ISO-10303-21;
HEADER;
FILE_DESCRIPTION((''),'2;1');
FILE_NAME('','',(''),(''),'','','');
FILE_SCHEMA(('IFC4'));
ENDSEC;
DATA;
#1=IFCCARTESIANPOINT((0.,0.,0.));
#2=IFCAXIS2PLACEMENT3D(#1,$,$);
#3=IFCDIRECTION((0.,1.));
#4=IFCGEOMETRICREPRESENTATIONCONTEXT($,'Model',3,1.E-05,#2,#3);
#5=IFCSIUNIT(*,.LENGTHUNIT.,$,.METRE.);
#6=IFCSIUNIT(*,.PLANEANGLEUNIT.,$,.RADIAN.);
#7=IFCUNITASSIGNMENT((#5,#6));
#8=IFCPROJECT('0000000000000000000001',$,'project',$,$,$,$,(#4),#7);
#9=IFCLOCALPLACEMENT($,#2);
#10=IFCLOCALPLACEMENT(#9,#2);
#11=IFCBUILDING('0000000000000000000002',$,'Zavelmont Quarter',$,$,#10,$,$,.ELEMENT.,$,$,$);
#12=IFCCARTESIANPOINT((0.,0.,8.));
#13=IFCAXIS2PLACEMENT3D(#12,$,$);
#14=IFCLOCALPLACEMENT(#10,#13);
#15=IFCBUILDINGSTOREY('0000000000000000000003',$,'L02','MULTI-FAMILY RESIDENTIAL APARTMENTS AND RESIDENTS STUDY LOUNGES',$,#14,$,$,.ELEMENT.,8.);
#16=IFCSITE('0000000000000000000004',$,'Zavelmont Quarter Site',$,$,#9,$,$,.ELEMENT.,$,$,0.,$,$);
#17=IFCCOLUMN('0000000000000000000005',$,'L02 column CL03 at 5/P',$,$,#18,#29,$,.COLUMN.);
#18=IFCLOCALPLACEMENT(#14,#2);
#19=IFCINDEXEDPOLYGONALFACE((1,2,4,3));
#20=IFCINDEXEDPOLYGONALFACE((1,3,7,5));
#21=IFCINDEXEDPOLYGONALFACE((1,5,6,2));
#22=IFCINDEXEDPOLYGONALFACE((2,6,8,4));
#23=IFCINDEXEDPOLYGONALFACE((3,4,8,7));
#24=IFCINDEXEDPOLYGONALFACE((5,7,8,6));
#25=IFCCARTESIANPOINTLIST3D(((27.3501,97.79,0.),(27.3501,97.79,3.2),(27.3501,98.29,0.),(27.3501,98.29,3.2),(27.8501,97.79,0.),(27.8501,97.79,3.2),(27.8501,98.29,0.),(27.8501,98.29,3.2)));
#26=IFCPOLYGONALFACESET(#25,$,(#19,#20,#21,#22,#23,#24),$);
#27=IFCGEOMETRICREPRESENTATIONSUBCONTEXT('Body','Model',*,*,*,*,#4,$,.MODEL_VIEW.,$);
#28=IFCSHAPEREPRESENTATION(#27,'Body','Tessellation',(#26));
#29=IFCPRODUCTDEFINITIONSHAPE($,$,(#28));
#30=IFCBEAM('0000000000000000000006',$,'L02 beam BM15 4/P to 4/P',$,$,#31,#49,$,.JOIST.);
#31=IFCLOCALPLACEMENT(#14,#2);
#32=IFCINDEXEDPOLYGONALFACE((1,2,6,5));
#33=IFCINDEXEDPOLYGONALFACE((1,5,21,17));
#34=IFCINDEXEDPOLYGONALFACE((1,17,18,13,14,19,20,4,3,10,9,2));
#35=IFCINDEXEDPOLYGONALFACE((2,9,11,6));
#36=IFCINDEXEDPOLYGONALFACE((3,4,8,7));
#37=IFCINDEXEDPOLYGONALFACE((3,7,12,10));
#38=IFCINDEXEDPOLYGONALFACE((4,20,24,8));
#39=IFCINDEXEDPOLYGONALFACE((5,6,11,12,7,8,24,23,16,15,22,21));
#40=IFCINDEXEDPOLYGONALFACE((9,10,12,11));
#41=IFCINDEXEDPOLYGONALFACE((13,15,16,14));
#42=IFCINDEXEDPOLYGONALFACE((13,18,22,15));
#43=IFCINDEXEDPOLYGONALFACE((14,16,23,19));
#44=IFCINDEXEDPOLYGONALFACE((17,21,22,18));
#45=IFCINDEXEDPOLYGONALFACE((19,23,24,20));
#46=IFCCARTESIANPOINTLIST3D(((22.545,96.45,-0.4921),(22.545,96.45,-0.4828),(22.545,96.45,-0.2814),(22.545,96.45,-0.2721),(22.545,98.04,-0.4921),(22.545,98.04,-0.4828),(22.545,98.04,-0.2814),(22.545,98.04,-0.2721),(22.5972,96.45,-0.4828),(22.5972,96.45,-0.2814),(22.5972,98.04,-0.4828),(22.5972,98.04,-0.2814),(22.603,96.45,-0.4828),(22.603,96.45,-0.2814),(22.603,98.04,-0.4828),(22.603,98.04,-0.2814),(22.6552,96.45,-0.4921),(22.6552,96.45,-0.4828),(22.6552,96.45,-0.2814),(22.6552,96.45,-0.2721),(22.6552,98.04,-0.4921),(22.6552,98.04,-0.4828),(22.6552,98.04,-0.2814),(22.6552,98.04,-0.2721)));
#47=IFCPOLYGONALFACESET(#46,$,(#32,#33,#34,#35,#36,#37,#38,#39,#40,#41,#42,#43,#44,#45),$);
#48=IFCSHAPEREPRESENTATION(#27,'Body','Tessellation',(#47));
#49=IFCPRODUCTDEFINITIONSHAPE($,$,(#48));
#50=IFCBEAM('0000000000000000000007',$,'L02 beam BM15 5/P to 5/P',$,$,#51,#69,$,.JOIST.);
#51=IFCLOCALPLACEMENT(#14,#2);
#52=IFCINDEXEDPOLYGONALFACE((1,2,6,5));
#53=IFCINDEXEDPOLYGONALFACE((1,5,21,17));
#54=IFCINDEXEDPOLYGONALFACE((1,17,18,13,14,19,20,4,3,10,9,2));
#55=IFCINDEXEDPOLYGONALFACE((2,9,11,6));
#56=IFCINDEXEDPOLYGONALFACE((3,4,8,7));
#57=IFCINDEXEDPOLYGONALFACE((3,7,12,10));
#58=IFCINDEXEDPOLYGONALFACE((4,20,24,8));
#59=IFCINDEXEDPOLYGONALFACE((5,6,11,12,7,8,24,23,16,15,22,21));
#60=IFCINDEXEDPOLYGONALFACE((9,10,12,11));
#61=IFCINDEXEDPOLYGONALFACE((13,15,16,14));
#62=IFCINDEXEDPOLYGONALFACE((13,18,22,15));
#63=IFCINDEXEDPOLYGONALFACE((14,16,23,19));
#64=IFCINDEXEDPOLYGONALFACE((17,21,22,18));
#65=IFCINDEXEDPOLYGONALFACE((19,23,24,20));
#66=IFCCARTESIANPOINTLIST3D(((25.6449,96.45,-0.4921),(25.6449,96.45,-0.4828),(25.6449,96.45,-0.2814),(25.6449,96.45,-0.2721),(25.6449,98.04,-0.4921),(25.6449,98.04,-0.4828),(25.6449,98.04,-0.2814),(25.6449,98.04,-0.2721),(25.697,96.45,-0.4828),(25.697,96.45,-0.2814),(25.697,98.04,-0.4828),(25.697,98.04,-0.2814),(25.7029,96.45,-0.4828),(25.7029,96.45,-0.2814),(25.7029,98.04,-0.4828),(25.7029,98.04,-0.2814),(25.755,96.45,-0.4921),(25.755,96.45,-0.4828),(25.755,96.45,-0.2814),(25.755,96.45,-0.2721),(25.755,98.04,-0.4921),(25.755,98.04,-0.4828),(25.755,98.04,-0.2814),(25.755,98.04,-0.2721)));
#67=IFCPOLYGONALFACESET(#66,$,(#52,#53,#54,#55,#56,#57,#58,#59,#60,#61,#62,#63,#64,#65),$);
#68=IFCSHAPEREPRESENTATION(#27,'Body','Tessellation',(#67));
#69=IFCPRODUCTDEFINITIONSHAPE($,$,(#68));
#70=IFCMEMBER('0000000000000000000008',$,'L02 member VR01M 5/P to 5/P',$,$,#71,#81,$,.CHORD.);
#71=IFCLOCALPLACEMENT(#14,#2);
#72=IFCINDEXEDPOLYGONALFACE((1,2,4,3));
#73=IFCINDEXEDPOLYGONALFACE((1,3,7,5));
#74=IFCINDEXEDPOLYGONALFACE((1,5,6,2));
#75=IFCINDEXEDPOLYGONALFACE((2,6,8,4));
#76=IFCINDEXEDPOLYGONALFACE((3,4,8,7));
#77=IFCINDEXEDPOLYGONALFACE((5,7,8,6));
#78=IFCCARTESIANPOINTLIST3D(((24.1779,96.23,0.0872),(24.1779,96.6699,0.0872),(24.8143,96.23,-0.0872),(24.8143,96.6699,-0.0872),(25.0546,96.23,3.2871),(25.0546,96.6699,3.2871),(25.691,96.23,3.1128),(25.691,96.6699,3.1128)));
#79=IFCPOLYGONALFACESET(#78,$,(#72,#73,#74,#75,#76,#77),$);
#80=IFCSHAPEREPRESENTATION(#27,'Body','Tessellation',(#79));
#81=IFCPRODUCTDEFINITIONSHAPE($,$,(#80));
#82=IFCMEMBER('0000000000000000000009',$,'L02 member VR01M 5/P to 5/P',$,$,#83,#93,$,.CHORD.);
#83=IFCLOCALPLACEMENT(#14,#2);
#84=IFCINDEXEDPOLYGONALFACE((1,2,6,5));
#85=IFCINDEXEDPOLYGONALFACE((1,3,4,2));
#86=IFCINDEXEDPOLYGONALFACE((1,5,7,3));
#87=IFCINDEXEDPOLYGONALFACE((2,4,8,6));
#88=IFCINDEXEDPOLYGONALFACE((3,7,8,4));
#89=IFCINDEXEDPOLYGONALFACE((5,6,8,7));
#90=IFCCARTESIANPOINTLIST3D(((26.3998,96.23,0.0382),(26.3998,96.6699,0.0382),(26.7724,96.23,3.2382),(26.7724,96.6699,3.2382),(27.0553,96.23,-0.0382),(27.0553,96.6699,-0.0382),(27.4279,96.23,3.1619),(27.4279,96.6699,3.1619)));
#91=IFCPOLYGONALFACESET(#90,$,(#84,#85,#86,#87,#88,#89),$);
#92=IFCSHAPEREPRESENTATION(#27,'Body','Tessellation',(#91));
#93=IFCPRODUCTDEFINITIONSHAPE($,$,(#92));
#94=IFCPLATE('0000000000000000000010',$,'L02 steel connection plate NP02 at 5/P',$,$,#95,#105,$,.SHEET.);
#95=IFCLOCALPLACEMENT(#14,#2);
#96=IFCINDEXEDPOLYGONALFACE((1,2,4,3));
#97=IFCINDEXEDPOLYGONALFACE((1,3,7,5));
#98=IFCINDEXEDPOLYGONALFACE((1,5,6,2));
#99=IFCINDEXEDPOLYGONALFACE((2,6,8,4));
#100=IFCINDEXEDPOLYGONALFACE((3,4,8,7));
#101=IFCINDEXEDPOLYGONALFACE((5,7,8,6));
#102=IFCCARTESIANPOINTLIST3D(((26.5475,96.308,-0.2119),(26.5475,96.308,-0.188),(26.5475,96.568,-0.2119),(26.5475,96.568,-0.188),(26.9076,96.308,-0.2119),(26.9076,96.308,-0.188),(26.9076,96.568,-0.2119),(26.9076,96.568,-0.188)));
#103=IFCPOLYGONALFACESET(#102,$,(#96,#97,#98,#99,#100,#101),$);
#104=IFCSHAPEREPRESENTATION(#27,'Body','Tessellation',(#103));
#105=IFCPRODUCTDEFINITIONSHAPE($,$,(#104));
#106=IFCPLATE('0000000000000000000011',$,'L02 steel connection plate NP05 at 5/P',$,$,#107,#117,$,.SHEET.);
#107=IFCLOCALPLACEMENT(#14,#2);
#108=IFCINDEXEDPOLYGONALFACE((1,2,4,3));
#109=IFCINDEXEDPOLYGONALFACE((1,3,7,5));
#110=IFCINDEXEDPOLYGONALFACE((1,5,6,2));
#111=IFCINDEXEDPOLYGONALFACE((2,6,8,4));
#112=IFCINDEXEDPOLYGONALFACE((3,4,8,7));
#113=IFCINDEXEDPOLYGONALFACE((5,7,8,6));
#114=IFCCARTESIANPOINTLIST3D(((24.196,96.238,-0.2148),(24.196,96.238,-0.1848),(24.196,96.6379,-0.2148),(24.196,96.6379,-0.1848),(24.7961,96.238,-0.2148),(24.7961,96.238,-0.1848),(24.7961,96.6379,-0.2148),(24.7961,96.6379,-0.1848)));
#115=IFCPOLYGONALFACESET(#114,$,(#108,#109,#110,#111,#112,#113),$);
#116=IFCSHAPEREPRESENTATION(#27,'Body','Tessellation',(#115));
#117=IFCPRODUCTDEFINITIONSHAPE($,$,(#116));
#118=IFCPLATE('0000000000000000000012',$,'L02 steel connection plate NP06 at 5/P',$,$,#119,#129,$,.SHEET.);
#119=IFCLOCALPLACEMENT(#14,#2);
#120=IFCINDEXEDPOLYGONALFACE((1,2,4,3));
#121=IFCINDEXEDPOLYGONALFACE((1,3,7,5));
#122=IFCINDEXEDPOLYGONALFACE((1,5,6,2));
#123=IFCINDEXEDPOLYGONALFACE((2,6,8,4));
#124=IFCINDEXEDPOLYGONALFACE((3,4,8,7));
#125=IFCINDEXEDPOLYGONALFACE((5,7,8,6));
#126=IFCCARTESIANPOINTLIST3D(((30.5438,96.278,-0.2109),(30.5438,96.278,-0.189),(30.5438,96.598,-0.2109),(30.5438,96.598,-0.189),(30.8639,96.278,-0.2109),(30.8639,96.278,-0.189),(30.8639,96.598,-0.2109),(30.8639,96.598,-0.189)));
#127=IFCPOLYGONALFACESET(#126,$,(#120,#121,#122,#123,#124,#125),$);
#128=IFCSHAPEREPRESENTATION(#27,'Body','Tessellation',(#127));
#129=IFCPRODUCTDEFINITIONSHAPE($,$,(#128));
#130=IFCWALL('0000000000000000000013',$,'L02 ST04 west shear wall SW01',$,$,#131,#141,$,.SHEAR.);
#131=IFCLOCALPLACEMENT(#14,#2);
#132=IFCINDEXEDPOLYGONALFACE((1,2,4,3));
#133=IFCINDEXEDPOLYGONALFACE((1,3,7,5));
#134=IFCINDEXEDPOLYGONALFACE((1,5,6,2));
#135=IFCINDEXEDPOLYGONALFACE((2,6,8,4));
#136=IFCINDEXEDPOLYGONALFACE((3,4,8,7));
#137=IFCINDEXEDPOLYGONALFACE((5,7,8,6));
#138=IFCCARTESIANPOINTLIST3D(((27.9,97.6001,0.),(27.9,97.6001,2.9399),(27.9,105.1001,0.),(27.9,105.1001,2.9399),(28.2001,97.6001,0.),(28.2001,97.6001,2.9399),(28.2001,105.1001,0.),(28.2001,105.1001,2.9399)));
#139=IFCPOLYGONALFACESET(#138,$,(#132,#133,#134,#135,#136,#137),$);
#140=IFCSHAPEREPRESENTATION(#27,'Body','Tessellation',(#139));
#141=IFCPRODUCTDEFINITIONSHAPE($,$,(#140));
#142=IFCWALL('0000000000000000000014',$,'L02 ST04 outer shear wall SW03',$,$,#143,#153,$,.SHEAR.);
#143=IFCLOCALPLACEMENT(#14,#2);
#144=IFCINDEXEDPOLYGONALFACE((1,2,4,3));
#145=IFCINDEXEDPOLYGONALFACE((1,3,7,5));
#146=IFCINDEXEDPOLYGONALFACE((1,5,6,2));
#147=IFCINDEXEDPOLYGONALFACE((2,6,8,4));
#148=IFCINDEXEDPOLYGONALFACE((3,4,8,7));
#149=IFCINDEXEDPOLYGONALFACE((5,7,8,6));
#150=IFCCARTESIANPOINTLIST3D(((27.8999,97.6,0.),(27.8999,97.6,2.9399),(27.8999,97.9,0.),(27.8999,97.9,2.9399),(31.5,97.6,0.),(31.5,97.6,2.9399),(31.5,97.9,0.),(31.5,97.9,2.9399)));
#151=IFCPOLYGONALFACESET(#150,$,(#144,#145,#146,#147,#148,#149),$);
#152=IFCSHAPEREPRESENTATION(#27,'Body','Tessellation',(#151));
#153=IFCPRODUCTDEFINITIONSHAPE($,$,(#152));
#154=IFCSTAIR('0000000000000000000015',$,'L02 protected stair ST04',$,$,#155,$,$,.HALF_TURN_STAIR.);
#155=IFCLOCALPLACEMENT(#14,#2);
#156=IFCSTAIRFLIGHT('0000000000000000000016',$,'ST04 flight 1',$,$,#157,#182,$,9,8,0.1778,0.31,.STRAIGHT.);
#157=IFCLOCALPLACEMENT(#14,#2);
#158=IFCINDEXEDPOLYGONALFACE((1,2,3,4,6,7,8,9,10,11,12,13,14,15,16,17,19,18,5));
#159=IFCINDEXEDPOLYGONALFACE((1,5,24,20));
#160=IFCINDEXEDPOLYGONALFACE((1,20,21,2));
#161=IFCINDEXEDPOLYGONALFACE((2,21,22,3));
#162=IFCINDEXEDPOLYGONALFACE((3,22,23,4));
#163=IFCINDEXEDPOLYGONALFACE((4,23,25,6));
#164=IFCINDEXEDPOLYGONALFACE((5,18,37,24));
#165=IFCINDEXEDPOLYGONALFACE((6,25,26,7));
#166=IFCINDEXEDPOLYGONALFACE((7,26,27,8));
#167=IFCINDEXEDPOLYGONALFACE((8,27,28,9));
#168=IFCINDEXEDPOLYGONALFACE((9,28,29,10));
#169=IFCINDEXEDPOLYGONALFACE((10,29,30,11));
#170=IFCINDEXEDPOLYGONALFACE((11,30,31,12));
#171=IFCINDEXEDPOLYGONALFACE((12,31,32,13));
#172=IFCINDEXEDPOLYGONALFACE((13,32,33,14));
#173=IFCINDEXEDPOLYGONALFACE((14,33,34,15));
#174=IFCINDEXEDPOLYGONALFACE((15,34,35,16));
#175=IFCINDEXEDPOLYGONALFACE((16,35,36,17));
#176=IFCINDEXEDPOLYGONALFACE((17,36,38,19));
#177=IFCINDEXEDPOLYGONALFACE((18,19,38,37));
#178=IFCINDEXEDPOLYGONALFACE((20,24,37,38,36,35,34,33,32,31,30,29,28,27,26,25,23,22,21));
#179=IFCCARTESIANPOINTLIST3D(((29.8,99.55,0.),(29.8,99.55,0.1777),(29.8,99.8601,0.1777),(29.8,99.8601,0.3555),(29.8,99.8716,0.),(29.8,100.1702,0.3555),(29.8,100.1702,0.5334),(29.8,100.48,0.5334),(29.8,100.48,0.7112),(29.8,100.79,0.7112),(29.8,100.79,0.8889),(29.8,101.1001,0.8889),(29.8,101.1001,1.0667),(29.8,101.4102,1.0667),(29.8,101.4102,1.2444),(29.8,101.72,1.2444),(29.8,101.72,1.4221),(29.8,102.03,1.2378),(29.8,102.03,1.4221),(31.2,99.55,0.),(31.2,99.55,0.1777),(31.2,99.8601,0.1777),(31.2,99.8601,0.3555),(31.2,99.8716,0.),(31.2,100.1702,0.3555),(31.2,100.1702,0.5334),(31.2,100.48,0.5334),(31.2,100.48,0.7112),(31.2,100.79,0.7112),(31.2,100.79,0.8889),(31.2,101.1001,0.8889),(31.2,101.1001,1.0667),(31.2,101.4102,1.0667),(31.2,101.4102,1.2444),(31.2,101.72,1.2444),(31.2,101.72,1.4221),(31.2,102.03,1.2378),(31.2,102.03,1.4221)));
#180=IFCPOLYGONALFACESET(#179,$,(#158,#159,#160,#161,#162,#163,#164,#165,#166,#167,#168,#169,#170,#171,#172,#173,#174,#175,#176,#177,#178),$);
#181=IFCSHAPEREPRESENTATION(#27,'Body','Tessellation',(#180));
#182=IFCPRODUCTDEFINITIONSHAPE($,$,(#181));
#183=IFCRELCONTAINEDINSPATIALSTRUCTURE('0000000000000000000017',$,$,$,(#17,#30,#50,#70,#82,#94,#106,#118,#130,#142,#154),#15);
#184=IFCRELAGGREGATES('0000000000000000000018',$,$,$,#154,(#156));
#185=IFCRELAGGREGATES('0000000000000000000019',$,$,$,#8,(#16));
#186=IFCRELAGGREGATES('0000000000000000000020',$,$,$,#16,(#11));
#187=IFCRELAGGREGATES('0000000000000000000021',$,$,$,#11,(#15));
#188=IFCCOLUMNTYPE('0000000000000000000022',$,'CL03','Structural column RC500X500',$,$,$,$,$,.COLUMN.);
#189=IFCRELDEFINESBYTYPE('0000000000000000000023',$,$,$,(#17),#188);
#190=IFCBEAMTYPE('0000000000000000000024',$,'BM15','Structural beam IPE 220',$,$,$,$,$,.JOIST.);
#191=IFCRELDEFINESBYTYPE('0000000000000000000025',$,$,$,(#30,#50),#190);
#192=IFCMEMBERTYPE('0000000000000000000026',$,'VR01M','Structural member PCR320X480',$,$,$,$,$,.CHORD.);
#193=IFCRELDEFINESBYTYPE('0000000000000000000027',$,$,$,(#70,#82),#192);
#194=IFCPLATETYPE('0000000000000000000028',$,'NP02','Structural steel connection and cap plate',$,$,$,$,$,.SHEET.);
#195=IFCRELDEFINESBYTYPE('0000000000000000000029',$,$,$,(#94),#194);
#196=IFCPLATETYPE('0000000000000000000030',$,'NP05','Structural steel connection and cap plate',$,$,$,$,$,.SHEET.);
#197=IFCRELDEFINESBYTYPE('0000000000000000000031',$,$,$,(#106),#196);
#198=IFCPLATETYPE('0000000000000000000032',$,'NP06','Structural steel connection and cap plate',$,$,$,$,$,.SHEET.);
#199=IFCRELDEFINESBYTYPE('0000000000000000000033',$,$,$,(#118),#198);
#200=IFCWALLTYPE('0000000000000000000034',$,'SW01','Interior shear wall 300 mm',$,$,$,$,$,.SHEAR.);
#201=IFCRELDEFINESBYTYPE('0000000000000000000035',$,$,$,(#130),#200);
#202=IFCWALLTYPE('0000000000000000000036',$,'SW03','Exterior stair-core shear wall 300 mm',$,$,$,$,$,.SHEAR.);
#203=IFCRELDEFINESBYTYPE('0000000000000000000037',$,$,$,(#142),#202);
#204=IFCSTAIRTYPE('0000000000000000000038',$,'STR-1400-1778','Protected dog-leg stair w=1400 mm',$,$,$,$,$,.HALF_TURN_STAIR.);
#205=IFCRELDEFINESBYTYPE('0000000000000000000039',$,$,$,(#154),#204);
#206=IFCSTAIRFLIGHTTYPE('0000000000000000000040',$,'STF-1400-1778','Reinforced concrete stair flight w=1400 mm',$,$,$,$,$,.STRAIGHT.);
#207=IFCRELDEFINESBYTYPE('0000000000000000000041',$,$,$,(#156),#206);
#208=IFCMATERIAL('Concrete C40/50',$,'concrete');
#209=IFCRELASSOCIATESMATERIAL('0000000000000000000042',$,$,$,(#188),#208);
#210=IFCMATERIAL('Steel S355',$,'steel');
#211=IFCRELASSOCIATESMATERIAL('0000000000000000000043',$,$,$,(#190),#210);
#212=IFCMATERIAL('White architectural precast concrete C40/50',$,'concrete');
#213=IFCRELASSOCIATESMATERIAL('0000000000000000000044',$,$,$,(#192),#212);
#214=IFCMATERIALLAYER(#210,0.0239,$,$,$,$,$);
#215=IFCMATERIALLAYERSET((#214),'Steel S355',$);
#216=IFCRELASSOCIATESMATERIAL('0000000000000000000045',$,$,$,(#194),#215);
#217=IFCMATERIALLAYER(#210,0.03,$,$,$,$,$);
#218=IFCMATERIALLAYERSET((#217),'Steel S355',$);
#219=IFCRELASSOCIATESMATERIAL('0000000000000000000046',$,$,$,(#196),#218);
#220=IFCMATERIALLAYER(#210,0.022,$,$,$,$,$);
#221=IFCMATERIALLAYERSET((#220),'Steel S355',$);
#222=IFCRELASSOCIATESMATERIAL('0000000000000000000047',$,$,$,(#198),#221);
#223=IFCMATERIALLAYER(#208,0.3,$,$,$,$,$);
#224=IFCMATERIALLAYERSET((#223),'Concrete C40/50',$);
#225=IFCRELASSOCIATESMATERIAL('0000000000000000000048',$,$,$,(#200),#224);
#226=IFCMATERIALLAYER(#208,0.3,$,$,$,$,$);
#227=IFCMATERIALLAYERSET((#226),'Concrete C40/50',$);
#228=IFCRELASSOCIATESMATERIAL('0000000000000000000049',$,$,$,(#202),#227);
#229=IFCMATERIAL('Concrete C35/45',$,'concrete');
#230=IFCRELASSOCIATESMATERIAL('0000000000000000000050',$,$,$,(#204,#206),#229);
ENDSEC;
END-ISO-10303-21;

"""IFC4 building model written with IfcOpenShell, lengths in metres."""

from ifc_helpers import new_model, si_unit, direction, frame, frame_2d, origin, origin_2d, place, context, subcontext, project, spatial, polyline, rectangle, i_section, outline, extrude, material, layer, layer_set, material_profile, profile_set, type_object, element, aggregate, save


model = new_model("IFC4")

# Units and contexts
model_context = context("Model", 3, precision=1e-05, world=origin(), true_north=direction((0.0, 1.0)))
body_context = subcontext(model_context, "Body", "Model", "MODEL_VIEW")
ifc_project = project(units=[si_unit("LENGTHUNIT", "METRE"), si_unit("PLANEANGLEUNIT", "RADIAN")], contexts=[model_context])

# Site, building, storey
site_placement = place(None, origin())
site = spatial("IfcSite", under=ifc_project, at=site_placement, Name="Zavelmont Quarter Site", CompositionType="ELEMENT", RefElevation=0.0)
building_placement = place(site_placement, origin())
building = spatial("IfcBuilding", under=site, at=building_placement, Name="Zavelmont Quarter", CompositionType="ELEMENT")
storey_placement = place(building_placement, frame((0.0, 0.0, 8.0)))
storey = spatial("IfcBuildingStorey", under=building, at=storey_placement, Name="L02", Description="MULTI-FAMILY RESIDENTIAL APARTMENTS AND RESIDENTS STUDY LOUNGES", CompositionType="ELEMENT", Elevation=8.0)

# Column
ifc_material_1 = material(Name="Concrete C40/50", Category="concrete")
ifc_material_profile_1 = material_profile(ifc_material_1, rectangle(XDim=0.5, YDim=0.5, at=origin_2d()), Name="RC500X500")
ifc_profile_set_1 = profile_set([ifc_material_profile_1], Name="Concrete C40/50")
column_type = type_object("IfcColumnType", Name="CL03", Description="Structural column RC500X500", PredefinedType="COLUMN", material=ifc_profile_set_1)
column_placement = place(storey_placement, frame((27.6001, 98.04, 0.0), z_axis=(0.0, 0.0, 1.0), x_axis=(1.0, 0.0, 0.0)))
element("IfcColumn", 1, at=column_placement, inside=storey, type_object=column_type, Name="L02 column CL03 at 5/P", PredefinedType="COLUMN", context=body_context, shape_type="SweptSolid", body=[
    extrude(rectangle(XDim=0.5, YDim=0.5, at=origin_2d()), origin(), (0.0, 0.0, 1.0), 3.2),
])

# Beams
ifc_material_2 = material(Name="Steel S355", Category="steel")
ifc_material_profile_2 = material_profile(ifc_material_2, i_section(OverallWidth=0.1101, OverallDepth=0.22, WebThickness=0.0059, FlangeThickness=0.0093, at=origin_2d()), Name="IPE 220")
ifc_profile_set_2 = profile_set([ifc_material_profile_2], Name="Steel S355")
beam_type = type_object("IfcBeamType", Name="BM15", Description="Structural beam IPE 220", PredefinedType="JOIST", material=ifc_profile_set_2)
for number, where, z_axis, x_axis, name in (
    (2, (22.6001, 98.04, -0.3821), (0.0, -1.0, 0.0), (1.0, 0.0, 0.0), "L02 beam BM15 4/P to 4/P"),
    (3, (25.7, 98.04, -0.3821), (0.0, -1.0, 0.0), (1.0, 0.0, 0.0), "L02 beam BM15 5/P to 5/P"),
):
    element("IfcBeam", number, at=place(storey_placement, frame(where, z_axis=z_axis, x_axis=x_axis)), inside=storey, type_object=beam_type, Name=name, PredefinedType="JOIST", context=body_context, shape_type="SweptSolid", body=[
        extrude(i_section(OverallWidth=0.1101, OverallDepth=0.22, WebThickness=0.0059, FlangeThickness=0.0093, at=origin_2d()), origin(), (0.0, 0.0, 1.0), 1.5901),
    ])

# Members
ifc_material_3 = material(Name="White architectural precast concrete C40/50", Category="concrete")
ifc_material_profile_3 = material_profile(ifc_material_3, rectangle(XDim=0.4399, YDim=0.6599, at=origin_2d()), Name="PCR320X480")
ifc_profile_set_3 = profile_set([ifc_material_profile_3], Name="White architectural precast concrete C40/50")
member_type = type_object("IfcMemberType", Name="VR01M", Description="Structural member PCR320X480", PredefinedType="CHORD", material=ifc_profile_set_3)
member_1_placement = place(storey_placement, frame((24.4961, 96.45, 0.0), z_axis=(0.264238, 0.0, 0.964458), x_axis=(0.0, 1.0, 0.0)))
element("IfcMember", 4, at=member_1_placement, inside=storey, type_object=member_type, Name="L02 member VR01M 5/P to 5/P", PredefinedType="CHORD", context=body_context, shape_type="SweptSolid", body=[
    extrude(rectangle(XDim=0.4399, YDim=0.6599, at=origin_2d()), origin(), (0.0, 0.0, 1.0), 3.3179),
])
member_2_placement = place(storey_placement, frame((26.7275, 96.45, 0.0), z_axis=(0.115645, 0.0, 0.993291), x_axis=(0.0, 1.0, 0.0)))
element("IfcMember", 5, at=member_2_placement, inside=storey, type_object=member_type, Name="L02 member VR01M 5/P to 5/P", PredefinedType="CHORD", context=body_context, shape_type="SweptSolid", body=[
    extrude(rectangle(XDim=0.4399, YDim=0.6599, at=origin_2d()), origin(), (0.0, 0.0, 1.0), 3.2217),
])

# Plates
ifc_layer_1 = layer(ifc_material_2, 0.0239)
ifc_layer_set_1 = layer_set([ifc_layer_1], Name="Steel S355")
plate_type_1 = type_object("IfcPlateType", Name="NP02", Description="Structural steel connection and cap plate", PredefinedType="SHEET", material=ifc_layer_set_1)
plate_1_placement = place(storey_placement, frame((26.7275, 96.438, -0.2119), z_axis=(0.0, 0.0, 1.0), x_axis=(1.0, 0.0, 0.0)))
element("IfcPlate", 6, at=plate_1_placement, inside=storey, type_object=plate_type_1, Name="L02 steel connection plate NP02 at 5/P", PredefinedType="SHEET", context=body_context, shape_type="SweptSolid", body=[
    extrude(rectangle(XDim=0.3601, YDim=0.26, at=origin_2d()), origin(), (0.0, 0.0, 1.0), 0.0239),
])
ifc_layer_2 = layer(ifc_material_2, 0.03)
ifc_layer_set_2 = layer_set([ifc_layer_2], Name="Steel S355")
plate_type_2 = type_object("IfcPlateType", Name="NP05", Description="Structural steel connection and cap plate", PredefinedType="SHEET", material=ifc_layer_set_2)
plate_2_placement = place(storey_placement, frame((24.4961, 96.438, -0.2148), z_axis=(0.0, 0.0, 1.0), x_axis=(1.0, 0.0, 0.0)))
element("IfcPlate", 7, at=plate_2_placement, inside=storey, type_object=plate_type_2, Name="L02 steel connection plate NP05 at 5/P", PredefinedType="SHEET", context=body_context, shape_type="SweptSolid", body=[
    extrude(rectangle(XDim=0.6001, YDim=0.3999, at=origin_2d()), origin(), (0.0, 0.0, 1.0), 0.03),
])
ifc_layer_3 = layer(ifc_material_2, 0.022)
ifc_layer_set_3 = layer_set([ifc_layer_3], Name="Steel S355")
plate_type_3 = type_object("IfcPlateType", Name="NP06", Description="Structural steel connection and cap plate", PredefinedType="SHEET", material=ifc_layer_set_3)
plate_3_placement = place(storey_placement, frame((30.7039, 96.438, -0.2109), z_axis=(0.0, 0.0, 1.0), x_axis=(1.0, 0.0, 0.0)))
element("IfcPlate", 8, at=plate_3_placement, inside=storey, type_object=plate_type_3, Name="L02 steel connection plate NP06 at 5/P", PredefinedType="SHEET", context=body_context, shape_type="SweptSolid", body=[
    extrude(rectangle(XDim=0.3201, YDim=0.3201, at=origin_2d()), origin(), (0.0, 0.0, 1.0), 0.022),
])

# Walls
ifc_layer_4 = layer(ifc_material_1, 0.3)
ifc_layer_set_4 = layer_set([ifc_layer_4], Name="Concrete C40/50")
wall_type_1 = type_object("IfcWallType", Name="SW01", Description="Interior shear wall 300 mm", PredefinedType="SHEAR", material=ifc_layer_set_4)
wall_1_placement = place(storey_placement, frame((28.05, 97.6001, 0.0), z_axis=(0.0, 0.0, 1.0), x_axis=(0.0, 1.0, 0.0)))
element("IfcWall", 9, at=wall_1_placement, inside=storey, type_object=wall_type_1, Name="L02 ST04 west shear wall SW01", PredefinedType="SHEAR", context=body_context, shape_type="SweptSolid", body=[
    extrude(rectangle(XDim=7.5, YDim=0.3, at=frame_2d((3.75, 0.0))), origin(), (0.0, 0.0, 1.0), 2.9399),
])
ifc_layer_5 = layer(ifc_material_1, 0.3)
ifc_layer_set_5 = layer_set([ifc_layer_5], Name="Concrete C40/50")
wall_type_2 = type_object("IfcWallType", Name="SW03", Description="Exterior stair-core shear wall 300 mm", PredefinedType="SHEAR", material=ifc_layer_set_5)
wall_2_placement = place(storey_placement, frame((27.8999, 97.75, 0.0), z_axis=(0.0, 0.0, 1.0), x_axis=(1.0, 0.0, 0.0)))
element("IfcWall", 10, at=wall_2_placement, inside=storey, type_object=wall_type_2, Name="L02 ST04 outer shear wall SW03", PredefinedType="SHEAR", context=body_context, shape_type="SweptSolid", body=[
    extrude(rectangle(XDim=3.6001, YDim=0.3, at=frame_2d((1.8, 0.0))), origin(), (0.0, 0.0, 1.0), 2.9399),
])

# Stair, stair flight
ifc_material_4 = material(Name="Concrete C35/45", Category="concrete")
stair_type = type_object("IfcStairType", Name="STR-1400-1778", Description="Protected dog-leg stair w=1400 mm", PredefinedType="HALF_TURN_STAIR", material=ifc_material_4)
stair_placement = place(storey_placement, origin())
stair = element("IfcStair", 11, at=stair_placement, inside=storey, type_object=stair_type, Name="L02 protected stair ST04", PredefinedType="HALF_TURN_STAIR")
stair_flight_type = type_object("IfcStairFlightType", Name="STF-1400-1778", Description="Reinforced concrete stair flight w=1400 mm", PredefinedType="STRAIGHT", material=ifc_material_4)
stair_flight_1_placement = place(storey_placement, frame((30.5, 99.55, 0.0), z_axis=(0.0, 0.0, 1.0), x_axis=(0.0, 1.0, 0.0)))
stair_flight_1 = element("IfcStairFlight", 12, at=stair_flight_1_placement, type_object=stair_flight_type, Name="ST04 flight 1", NumberOfRisers=9, NumberOfTreads=8, PredefinedType="STRAIGHT", RiserHeight=0.1778, TreadLength=0.31, context=body_context, shape_type="SweptSolid", body=[
    extrude(outline(polyline([(0.0, 0.0), (0.0, 0.1777), (0.3101, 0.1777), (0.3101, 0.3555), (0.6201, 0.3555), (0.6201, 0.5334), (0.9299, 0.5334), (0.9299, 0.7112), (1.24, 0.7112), (1.24, 0.8889), (1.55, 0.8889), (1.55, 1.0667), (1.8601, 1.0667), (1.8601, 1.2444), (2.1699, 1.2444), (2.1699, 1.4221), (2.48, 1.4221), (2.48, 1.6001), (2.48, 1.2378), (0.3215, 0.0), (0.0, 0.0)])), frame((0.0, 0.7, 0.0), z_axis=(0.0, -1.0, 0.0), x_axis=(1.0, 0.0, 0.0)), (0.0, 0.0, 1.0), 1.3999),
])
aggregate(stair, [stair_flight_1])

save(model, "model.ifc")
